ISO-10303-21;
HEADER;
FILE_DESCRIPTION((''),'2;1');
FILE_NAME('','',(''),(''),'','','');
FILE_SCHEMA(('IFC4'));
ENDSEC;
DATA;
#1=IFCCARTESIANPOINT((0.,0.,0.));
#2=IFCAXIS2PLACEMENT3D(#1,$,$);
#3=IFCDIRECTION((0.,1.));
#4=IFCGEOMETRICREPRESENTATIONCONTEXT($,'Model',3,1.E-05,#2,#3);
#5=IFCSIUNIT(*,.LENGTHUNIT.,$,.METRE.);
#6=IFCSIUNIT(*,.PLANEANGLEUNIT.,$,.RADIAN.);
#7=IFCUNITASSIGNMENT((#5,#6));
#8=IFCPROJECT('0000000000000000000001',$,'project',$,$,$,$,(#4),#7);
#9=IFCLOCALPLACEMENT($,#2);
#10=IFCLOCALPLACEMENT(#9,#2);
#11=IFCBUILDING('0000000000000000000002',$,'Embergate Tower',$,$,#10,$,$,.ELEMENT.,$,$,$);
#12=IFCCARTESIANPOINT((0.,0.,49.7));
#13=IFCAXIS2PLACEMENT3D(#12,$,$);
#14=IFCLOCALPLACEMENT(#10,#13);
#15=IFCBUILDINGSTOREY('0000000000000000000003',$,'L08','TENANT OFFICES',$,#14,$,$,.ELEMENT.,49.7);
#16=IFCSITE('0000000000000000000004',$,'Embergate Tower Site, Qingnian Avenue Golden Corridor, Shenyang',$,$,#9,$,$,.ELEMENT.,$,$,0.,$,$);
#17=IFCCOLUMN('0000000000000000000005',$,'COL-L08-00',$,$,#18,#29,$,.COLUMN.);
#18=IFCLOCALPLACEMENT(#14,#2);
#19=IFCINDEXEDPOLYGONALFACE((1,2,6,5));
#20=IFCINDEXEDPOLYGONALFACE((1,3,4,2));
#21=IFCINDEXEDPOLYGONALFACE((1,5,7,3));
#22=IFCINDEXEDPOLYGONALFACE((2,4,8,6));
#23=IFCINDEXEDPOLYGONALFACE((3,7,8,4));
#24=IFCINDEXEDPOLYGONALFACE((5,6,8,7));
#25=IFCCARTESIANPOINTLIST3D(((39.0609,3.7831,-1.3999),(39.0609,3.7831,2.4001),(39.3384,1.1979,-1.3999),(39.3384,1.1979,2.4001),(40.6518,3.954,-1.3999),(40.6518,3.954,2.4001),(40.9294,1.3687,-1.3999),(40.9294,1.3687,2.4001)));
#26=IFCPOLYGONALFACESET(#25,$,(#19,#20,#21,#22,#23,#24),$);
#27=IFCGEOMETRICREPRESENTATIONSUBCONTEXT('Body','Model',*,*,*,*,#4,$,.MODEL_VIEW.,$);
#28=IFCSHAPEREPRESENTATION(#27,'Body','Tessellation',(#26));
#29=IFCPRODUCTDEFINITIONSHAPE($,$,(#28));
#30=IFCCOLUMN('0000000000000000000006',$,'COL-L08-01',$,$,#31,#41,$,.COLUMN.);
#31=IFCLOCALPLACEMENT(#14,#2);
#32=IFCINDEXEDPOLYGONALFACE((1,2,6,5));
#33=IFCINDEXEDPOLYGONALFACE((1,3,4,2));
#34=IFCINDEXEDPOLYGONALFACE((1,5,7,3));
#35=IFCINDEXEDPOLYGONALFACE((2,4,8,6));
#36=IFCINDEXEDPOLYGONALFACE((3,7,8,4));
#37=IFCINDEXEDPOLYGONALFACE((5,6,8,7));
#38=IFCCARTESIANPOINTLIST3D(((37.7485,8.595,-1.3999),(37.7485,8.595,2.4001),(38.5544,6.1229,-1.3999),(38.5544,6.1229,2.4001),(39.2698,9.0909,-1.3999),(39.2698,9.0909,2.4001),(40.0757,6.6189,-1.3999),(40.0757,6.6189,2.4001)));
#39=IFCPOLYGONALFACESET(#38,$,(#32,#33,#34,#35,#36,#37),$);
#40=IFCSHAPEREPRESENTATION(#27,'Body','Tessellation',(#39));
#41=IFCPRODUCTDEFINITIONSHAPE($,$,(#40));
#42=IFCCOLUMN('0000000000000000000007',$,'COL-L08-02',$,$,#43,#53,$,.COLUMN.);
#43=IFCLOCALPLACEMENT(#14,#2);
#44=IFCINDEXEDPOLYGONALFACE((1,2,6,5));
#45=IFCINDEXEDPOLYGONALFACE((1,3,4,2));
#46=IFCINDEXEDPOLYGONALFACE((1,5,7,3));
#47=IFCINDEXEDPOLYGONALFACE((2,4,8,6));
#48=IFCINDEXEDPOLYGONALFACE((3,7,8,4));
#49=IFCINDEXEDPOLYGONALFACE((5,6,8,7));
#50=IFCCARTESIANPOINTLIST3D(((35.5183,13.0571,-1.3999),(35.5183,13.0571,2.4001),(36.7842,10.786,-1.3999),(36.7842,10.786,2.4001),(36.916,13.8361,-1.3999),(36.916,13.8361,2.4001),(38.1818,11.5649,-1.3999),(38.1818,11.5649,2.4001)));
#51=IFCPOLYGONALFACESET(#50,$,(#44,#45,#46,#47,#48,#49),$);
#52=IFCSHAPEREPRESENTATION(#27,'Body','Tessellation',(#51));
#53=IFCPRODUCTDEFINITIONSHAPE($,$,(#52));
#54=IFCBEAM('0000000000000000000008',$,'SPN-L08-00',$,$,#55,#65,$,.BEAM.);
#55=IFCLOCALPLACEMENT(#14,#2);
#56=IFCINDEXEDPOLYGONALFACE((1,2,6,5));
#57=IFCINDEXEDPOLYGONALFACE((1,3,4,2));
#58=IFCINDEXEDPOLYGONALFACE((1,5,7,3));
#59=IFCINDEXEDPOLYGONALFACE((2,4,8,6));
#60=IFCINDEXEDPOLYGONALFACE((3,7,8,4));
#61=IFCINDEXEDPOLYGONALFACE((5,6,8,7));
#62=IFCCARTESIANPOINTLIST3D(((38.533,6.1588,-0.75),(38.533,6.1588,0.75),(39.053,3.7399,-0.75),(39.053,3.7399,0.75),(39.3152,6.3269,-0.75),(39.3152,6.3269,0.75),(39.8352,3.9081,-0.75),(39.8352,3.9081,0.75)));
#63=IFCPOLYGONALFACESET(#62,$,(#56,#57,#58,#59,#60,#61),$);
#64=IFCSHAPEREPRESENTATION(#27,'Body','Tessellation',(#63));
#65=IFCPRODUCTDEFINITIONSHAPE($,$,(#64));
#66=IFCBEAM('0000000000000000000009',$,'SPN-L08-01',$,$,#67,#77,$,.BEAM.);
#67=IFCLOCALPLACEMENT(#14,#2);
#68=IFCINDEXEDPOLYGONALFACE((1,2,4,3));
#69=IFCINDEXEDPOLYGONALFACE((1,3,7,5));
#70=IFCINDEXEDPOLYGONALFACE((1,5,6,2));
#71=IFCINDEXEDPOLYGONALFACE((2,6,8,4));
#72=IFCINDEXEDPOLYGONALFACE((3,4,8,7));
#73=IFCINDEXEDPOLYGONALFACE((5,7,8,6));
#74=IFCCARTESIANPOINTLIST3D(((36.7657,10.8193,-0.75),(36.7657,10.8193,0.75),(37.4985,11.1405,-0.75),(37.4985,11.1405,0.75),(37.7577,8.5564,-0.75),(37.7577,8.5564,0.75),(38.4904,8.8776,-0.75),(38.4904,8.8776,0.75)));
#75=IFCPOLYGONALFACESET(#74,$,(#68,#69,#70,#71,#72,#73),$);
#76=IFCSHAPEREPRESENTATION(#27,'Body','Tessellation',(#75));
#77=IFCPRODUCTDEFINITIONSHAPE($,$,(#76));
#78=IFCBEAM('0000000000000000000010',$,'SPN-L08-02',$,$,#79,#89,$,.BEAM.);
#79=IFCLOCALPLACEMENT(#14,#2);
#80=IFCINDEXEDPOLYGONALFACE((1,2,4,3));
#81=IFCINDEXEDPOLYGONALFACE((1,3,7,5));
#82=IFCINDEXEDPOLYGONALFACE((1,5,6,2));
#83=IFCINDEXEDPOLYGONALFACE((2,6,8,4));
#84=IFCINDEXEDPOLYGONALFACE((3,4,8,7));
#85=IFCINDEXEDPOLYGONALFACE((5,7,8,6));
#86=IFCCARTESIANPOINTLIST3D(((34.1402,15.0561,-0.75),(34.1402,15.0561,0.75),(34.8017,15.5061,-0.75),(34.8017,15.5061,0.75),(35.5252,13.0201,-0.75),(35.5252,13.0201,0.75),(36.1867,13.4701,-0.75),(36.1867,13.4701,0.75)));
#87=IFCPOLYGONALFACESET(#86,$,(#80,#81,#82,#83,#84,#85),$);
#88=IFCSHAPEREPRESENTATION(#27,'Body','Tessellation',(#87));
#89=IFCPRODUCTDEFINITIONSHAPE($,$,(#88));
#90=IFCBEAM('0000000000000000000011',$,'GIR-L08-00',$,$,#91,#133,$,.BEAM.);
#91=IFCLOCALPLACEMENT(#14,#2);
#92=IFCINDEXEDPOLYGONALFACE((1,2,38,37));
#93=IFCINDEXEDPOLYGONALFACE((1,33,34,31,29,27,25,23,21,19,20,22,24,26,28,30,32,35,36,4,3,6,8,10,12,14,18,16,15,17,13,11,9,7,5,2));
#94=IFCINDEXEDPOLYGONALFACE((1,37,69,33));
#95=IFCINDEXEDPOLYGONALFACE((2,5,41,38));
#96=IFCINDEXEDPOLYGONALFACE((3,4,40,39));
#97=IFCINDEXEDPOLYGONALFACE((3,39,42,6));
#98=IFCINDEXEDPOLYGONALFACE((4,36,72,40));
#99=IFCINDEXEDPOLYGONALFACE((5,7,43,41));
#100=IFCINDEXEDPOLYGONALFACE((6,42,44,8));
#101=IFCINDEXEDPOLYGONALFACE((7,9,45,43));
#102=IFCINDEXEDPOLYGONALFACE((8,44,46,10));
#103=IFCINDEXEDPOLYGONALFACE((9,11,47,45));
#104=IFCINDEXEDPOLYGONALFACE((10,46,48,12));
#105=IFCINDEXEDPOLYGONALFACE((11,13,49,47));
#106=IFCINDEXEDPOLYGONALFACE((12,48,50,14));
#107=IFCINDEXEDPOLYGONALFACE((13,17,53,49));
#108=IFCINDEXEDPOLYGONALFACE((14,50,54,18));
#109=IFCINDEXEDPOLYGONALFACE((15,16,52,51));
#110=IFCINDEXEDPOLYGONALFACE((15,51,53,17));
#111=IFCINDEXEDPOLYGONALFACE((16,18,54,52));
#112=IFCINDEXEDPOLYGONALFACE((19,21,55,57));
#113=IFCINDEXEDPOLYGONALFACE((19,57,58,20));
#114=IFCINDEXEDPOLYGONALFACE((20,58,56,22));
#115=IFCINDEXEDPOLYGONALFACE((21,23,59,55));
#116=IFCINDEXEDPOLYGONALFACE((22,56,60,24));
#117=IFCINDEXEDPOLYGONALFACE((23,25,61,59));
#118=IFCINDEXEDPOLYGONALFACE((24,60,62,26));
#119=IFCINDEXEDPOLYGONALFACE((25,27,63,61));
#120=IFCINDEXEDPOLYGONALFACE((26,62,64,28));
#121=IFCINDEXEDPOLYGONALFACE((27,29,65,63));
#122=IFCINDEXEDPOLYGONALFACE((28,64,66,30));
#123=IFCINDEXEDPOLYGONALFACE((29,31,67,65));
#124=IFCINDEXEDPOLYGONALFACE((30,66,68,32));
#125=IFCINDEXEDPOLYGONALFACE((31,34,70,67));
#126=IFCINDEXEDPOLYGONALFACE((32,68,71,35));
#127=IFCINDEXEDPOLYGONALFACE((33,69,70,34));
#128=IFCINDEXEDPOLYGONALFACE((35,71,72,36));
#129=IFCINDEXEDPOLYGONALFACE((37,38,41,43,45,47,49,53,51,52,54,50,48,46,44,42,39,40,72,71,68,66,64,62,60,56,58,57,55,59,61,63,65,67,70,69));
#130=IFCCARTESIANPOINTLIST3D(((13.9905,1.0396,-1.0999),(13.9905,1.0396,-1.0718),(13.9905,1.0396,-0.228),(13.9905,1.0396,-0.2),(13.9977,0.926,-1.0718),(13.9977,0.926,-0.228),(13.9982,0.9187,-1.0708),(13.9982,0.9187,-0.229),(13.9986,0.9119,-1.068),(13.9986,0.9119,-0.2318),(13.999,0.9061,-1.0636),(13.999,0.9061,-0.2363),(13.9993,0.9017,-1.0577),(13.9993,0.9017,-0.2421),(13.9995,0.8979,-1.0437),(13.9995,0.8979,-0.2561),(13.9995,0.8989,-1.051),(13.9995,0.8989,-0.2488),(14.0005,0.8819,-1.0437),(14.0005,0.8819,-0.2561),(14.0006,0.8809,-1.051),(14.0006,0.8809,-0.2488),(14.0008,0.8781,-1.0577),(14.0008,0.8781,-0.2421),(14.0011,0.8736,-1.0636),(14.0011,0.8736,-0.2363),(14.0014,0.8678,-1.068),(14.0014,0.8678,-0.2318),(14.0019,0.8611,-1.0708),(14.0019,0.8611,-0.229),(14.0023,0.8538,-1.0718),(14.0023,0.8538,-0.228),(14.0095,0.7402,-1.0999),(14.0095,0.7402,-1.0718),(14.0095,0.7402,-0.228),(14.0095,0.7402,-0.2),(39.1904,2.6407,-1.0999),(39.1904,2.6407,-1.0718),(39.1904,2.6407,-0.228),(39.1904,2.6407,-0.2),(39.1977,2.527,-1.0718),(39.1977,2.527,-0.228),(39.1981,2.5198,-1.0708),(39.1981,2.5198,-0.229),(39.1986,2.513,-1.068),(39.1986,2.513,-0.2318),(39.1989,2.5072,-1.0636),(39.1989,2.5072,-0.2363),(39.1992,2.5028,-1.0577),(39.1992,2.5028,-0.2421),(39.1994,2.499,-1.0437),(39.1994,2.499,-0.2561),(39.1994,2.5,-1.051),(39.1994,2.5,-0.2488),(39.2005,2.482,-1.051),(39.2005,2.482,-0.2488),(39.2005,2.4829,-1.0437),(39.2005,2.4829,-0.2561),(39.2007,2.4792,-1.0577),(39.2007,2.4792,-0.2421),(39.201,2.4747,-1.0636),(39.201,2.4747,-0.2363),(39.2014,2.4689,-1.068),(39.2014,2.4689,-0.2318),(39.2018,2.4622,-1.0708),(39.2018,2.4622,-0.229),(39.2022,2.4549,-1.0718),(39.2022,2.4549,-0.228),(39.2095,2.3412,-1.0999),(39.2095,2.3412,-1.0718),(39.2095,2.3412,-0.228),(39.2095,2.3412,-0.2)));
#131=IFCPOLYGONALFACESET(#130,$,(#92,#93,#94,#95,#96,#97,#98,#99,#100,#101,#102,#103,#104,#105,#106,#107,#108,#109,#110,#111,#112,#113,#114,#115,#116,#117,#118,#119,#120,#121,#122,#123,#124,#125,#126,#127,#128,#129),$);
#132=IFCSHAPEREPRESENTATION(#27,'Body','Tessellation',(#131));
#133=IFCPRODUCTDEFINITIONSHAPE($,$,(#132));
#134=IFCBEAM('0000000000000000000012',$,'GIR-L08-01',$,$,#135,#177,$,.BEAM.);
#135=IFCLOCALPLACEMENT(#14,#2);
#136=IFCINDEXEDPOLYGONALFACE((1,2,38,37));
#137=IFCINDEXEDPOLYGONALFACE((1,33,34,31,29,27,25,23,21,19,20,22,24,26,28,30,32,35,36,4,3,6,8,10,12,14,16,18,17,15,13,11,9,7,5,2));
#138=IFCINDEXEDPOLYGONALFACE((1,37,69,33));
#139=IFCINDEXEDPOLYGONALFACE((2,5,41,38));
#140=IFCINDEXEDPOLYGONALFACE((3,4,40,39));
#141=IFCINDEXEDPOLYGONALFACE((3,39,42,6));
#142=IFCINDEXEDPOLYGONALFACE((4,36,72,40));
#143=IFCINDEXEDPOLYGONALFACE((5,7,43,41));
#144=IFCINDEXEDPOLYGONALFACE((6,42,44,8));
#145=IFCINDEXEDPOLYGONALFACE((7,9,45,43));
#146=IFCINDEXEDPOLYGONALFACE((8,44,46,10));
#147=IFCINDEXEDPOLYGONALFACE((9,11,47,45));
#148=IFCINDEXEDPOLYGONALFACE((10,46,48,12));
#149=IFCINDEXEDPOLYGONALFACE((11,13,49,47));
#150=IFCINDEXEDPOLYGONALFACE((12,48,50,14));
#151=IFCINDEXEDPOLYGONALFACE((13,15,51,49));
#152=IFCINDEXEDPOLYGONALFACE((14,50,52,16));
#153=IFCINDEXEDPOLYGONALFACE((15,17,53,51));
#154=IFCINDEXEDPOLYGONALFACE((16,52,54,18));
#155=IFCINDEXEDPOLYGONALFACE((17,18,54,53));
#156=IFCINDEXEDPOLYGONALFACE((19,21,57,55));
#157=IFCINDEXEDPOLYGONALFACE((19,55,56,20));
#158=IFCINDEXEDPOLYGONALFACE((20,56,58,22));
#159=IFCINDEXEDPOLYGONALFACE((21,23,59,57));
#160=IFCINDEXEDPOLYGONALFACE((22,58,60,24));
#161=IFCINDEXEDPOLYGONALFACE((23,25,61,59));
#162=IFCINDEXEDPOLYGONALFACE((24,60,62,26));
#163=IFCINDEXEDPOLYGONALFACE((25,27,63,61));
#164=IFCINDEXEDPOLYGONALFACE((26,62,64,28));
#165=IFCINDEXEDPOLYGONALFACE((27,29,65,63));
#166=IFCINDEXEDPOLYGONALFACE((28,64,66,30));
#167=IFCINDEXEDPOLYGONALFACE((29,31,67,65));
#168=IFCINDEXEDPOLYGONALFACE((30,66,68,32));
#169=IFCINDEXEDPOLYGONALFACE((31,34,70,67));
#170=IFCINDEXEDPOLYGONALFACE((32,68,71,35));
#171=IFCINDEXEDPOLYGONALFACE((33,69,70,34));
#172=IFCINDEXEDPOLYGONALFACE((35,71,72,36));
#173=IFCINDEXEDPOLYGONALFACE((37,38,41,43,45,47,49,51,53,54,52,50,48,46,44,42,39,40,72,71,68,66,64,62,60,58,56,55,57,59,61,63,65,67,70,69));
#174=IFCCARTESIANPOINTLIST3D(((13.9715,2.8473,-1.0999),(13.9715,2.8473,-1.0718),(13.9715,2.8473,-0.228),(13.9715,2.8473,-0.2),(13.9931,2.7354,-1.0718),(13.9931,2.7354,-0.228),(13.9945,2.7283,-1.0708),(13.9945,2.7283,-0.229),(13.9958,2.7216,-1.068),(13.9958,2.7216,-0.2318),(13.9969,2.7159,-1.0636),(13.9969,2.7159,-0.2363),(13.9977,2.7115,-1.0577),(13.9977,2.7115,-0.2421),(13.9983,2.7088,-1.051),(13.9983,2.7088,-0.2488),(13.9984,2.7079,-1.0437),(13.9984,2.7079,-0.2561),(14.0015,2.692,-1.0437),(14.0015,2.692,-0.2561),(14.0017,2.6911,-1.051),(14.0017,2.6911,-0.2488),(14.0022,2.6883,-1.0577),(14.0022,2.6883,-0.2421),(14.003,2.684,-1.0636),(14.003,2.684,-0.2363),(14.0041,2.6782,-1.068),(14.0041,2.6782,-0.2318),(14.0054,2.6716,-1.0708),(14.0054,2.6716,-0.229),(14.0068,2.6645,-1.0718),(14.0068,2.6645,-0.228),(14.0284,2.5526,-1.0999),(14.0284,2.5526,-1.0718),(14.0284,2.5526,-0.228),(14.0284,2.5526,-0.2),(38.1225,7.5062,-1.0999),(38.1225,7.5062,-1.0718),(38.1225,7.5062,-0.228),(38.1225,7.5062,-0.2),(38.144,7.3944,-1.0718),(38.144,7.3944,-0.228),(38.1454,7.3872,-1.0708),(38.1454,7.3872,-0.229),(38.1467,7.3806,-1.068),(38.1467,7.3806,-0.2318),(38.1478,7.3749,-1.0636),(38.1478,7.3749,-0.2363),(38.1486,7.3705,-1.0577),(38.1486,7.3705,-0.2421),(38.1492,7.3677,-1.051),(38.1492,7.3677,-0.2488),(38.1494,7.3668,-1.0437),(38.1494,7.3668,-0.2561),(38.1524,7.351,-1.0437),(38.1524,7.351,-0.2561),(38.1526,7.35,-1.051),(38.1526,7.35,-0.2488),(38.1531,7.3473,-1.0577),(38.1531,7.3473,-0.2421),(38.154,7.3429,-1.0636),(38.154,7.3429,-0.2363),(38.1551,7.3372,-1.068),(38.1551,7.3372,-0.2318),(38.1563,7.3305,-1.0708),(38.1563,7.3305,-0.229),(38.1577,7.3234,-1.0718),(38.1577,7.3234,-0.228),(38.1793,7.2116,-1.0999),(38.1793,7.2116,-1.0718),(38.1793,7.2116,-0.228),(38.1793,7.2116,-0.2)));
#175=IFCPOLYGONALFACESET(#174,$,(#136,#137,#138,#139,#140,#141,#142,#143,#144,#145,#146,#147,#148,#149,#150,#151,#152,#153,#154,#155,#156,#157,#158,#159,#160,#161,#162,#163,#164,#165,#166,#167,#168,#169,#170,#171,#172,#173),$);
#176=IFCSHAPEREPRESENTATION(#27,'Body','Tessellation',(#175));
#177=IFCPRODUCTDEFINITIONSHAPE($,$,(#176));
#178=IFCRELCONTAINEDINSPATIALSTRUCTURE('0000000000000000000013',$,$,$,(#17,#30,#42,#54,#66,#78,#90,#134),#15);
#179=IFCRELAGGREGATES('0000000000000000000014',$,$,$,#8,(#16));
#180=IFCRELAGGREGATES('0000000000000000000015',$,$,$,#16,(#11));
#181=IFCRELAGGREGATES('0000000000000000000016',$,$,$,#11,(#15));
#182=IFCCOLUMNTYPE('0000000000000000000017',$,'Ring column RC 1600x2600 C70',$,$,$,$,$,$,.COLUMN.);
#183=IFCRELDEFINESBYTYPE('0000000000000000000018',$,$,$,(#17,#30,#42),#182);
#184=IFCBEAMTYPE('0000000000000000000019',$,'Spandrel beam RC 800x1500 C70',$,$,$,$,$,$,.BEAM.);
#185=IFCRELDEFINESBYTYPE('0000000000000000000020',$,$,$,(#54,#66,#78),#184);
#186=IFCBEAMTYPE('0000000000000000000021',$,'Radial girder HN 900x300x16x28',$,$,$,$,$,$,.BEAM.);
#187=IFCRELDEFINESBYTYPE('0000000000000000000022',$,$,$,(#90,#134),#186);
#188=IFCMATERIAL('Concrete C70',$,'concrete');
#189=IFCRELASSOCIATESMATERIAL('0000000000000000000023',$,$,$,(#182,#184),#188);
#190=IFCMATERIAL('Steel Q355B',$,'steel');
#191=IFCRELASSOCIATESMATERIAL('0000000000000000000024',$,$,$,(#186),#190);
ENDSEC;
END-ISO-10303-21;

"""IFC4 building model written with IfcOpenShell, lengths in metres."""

from ifc_helpers import new_model, si_unit, direction, frame, origin, origin_2d, place, context, subcontext, project, spatial, rectangle, i_section, extrude, source, transform, mapped, material, material_profile, profile_set, type_object, element, save


model = new_model("IFC4")

# Units and contexts
model_context = context("Model", 3, precision=1e-05, world=origin(), true_north=direction((0.0, 1.0)))
body_context = subcontext(model_context, "Body", "Model", "MODEL_VIEW")
ifc_project = project(units=[si_unit("LENGTHUNIT", "METRE"), si_unit("PLANEANGLEUNIT", "RADIAN")], contexts=[model_context])

# Site, building, storey
site_placement = place(None, origin())
site = spatial("IfcSite", under=ifc_project, at=site_placement, Name="Embergate Tower Site, Qingnian Avenue Golden Corridor, Shenyang", CompositionType="ELEMENT", RefElevation=0.0)
building_placement = place(site_placement, origin())
building = spatial("IfcBuilding", under=site, at=building_placement, Name="Embergate Tower", CompositionType="ELEMENT")
storey_placement = place(building_placement, frame((0.0, 0.0, 49.7)))
storey = spatial("IfcBuildingStorey", under=building, at=storey_placement, Name="L08", Description="TENANT OFFICES", CompositionType="ELEMENT", Elevation=49.7)

# Columns
ifc_material_1 = material(Name="Concrete C70", Category="concrete")
ifc_material_profile_1 = material_profile(ifc_material_1, rectangle(XDim=1.6001, YDim=2.6001, at=origin_2d()), Name="RC 1600x2600")
ifc_profile_set_1 = profile_set([ifc_material_profile_1], Name="Concrete C70")
column_type = type_object("IfcColumnType", Name="Ring column RC 1600x2600 C70", PredefinedType="COLUMN", material=ifc_profile_set_1)
shared_shape_1 = source(origin(), body_context, "Body", "SweptSolid", [
    extrude(rectangle(XDim=1.6001, YDim=2.6001, at=origin_2d()), origin(), (0.0, 0.0, 1.0), 3.8),
])
for number, where, z_axis, x_axis, name in (
    (1, (39.9951, 2.5759, -1.3999), (0.0, 0.0, 1.0), (0.994286, 0.10675, 0.0), "COL-L08-00"),
    (2, (38.9121, 7.6069, -1.3999), (0.0, 0.0, 1.0), (0.950754, 0.309946, 0.0), "COL-L08-01"),
    (3, (36.8501, 12.311, -1.3999), (0.0, 0.0, 1.0), (0.873492, 0.486839, 0.0), "COL-L08-02"),
):
    element("IfcColumn", number, at=place(storey_placement, frame(where, z_axis=z_axis, x_axis=x_axis)), inside=storey, type_object=column_type, Name=name, PredefinedType="COLUMN", context=body_context, shape_type="MappedRepresentation", body=[
        mapped(shared_shape_1, transform((0.0, 0.0, 0.0))),
    ])

# Beams
ifc_material_profile_2 = material_profile(ifc_material_1, rectangle(XDim=0.8, YDim=1.5, at=origin_2d()), Name="RC 800x1500")
ifc_profile_set_2 = profile_set([ifc_material_profile_2], Name="Concrete C70")
beam_type_1 = type_object("IfcBeamType", Name="Spandrel beam RC 800x1500 C70", PredefinedType="BEAM", material=ifc_profile_set_2)
shared_shape_2 = source(origin(), body_context, "Body", "SweptSolid", [
    extrude(rectangle(XDim=0.8, YDim=1.5, at=origin_2d()), origin(), (0.0, 0.0, 1.0), 2.4741),
])
beam_1_placement = place(storey_placement, frame((39.4441, 3.824, 0.0), z_axis=(-0.210176, 0.977664, 0.0), x_axis=(-0.977664, -0.210176, 0.0)))
element("IfcBeam", 4, at=beam_1_placement, inside=storey, type_object=beam_type_1, Name="SPN-L08-00", PredefinedType="BEAM", context=body_context, shape_type="MappedRepresentation", body=[
    mapped(shared_shape_2, transform((0.0, 0.0, 0.0))),
])
shared_shape_3 = source(origin(), body_context, "Body", "SweptSolid", [
    extrude(rectangle(XDim=0.8, YDim=1.5, at=origin_2d()), origin(), (0.0, 0.0, 1.0), 2.4707),
])
beam_2_placement = place(storey_placement, frame((38.124, 8.717, 0.0), z_axis=(-0.401467, 0.915874, 0.0), x_axis=(-0.915874, -0.401467, 0.0)))
element("IfcBeam", 5, at=beam_2_placement, inside=storey, type_object=beam_type_1, Name="SPN-L08-01", PredefinedType="BEAM", context=body_context, shape_type="MappedRepresentation", body=[
    mapped(shared_shape_3, transform((0.0, 0.0, 0.0))),
])
shared_shape_4 = source(origin(), body_context, "Body", "SweptSolid", [
    extrude(rectangle(XDim=0.8, YDim=1.5, at=origin_2d()), origin(), (0.0, 0.0, 1.0), 2.4624),
])
beam_3_placement = place(storey_placement, frame((35.856, 13.2451, 0.0), z_axis=(-0.562478, 0.826812, 0.0), x_axis=(-0.826812, -0.562478, 0.0)))
element("IfcBeam", 6, at=beam_3_placement, inside=storey, type_object=beam_type_1, Name="SPN-L08-02", PredefinedType="BEAM", context=body_context, shape_type="MappedRepresentation", body=[
    mapped(shared_shape_4, transform((0.0, 0.0, 0.0))),
])
ifc_material_2 = material(Name="Steel Q355B", Category="steel")
ifc_material_profile_3 = material_profile(ifc_material_2, i_section(OverallWidth=0.3, OverallDepth=0.8999, WebThickness=0.0161, FlangeThickness=0.0281, FilletRadius=0.0281, at=origin_2d()), Name="HN 900x300x16x28")
ifc_profile_set_3 = profile_set([ifc_material_profile_3], Name="Steel Q355 grade B")
beam_type_2 = type_object("IfcBeamType", Name="Radial girder HN 900x300x16x28", PredefinedType="BEAM", material=ifc_profile_set_3)
shared_shape_5 = source(origin(), body_context, "Body", "SweptSolid", [
    extrude(i_section(OverallWidth=0.3, OverallDepth=0.8999, WebThickness=0.0161, FlangeThickness=0.0281, FilletRadius=0.0281, at=origin_2d()), origin(), (0.0, 0.0, 1.0), 25.2507),
])
beam_4_placement = place(storey_placement, frame((39.2, 2.491, -0.6499), z_axis=(-0.997988, -0.063407, 0.0), x_axis=(0.063407, -0.997988, 0.0)))
element("IfcBeam", 7, at=beam_4_placement, inside=storey, type_object=beam_type_2, Name="GIR-L08-00", PredefinedType="BEAM", context=body_context, shape_type="MappedRepresentation", body=[
    mapped(shared_shape_5, transform((0.0, 0.0, 0.0))),
])
shared_shape_6 = source(origin(), body_context, "Body", "SweptSolid", [
    extrude(i_section(OverallWidth=0.3, OverallDepth=0.8999, WebThickness=0.0161, FlangeThickness=0.0281, FilletRadius=0.0281, at=origin_2d()), origin(), (0.0, 0.0, 1.0), 24.5962),
])
beam_5_placement = place(storey_placement, frame((38.1509, 7.3589, -0.6499), z_axis=(-0.981897, -0.189417, 0.0), x_axis=(0.189417, -0.981897, 0.0)))
element("IfcBeam", 8, at=beam_5_placement, inside=storey, type_object=beam_type_2, Name="GIR-L08-01", PredefinedType="BEAM", context=body_context, shape_type="MappedRepresentation", body=[
    mapped(shared_shape_6, transform((0.0, 0.0, 0.0))),
])

save(model, "model.ifc")
